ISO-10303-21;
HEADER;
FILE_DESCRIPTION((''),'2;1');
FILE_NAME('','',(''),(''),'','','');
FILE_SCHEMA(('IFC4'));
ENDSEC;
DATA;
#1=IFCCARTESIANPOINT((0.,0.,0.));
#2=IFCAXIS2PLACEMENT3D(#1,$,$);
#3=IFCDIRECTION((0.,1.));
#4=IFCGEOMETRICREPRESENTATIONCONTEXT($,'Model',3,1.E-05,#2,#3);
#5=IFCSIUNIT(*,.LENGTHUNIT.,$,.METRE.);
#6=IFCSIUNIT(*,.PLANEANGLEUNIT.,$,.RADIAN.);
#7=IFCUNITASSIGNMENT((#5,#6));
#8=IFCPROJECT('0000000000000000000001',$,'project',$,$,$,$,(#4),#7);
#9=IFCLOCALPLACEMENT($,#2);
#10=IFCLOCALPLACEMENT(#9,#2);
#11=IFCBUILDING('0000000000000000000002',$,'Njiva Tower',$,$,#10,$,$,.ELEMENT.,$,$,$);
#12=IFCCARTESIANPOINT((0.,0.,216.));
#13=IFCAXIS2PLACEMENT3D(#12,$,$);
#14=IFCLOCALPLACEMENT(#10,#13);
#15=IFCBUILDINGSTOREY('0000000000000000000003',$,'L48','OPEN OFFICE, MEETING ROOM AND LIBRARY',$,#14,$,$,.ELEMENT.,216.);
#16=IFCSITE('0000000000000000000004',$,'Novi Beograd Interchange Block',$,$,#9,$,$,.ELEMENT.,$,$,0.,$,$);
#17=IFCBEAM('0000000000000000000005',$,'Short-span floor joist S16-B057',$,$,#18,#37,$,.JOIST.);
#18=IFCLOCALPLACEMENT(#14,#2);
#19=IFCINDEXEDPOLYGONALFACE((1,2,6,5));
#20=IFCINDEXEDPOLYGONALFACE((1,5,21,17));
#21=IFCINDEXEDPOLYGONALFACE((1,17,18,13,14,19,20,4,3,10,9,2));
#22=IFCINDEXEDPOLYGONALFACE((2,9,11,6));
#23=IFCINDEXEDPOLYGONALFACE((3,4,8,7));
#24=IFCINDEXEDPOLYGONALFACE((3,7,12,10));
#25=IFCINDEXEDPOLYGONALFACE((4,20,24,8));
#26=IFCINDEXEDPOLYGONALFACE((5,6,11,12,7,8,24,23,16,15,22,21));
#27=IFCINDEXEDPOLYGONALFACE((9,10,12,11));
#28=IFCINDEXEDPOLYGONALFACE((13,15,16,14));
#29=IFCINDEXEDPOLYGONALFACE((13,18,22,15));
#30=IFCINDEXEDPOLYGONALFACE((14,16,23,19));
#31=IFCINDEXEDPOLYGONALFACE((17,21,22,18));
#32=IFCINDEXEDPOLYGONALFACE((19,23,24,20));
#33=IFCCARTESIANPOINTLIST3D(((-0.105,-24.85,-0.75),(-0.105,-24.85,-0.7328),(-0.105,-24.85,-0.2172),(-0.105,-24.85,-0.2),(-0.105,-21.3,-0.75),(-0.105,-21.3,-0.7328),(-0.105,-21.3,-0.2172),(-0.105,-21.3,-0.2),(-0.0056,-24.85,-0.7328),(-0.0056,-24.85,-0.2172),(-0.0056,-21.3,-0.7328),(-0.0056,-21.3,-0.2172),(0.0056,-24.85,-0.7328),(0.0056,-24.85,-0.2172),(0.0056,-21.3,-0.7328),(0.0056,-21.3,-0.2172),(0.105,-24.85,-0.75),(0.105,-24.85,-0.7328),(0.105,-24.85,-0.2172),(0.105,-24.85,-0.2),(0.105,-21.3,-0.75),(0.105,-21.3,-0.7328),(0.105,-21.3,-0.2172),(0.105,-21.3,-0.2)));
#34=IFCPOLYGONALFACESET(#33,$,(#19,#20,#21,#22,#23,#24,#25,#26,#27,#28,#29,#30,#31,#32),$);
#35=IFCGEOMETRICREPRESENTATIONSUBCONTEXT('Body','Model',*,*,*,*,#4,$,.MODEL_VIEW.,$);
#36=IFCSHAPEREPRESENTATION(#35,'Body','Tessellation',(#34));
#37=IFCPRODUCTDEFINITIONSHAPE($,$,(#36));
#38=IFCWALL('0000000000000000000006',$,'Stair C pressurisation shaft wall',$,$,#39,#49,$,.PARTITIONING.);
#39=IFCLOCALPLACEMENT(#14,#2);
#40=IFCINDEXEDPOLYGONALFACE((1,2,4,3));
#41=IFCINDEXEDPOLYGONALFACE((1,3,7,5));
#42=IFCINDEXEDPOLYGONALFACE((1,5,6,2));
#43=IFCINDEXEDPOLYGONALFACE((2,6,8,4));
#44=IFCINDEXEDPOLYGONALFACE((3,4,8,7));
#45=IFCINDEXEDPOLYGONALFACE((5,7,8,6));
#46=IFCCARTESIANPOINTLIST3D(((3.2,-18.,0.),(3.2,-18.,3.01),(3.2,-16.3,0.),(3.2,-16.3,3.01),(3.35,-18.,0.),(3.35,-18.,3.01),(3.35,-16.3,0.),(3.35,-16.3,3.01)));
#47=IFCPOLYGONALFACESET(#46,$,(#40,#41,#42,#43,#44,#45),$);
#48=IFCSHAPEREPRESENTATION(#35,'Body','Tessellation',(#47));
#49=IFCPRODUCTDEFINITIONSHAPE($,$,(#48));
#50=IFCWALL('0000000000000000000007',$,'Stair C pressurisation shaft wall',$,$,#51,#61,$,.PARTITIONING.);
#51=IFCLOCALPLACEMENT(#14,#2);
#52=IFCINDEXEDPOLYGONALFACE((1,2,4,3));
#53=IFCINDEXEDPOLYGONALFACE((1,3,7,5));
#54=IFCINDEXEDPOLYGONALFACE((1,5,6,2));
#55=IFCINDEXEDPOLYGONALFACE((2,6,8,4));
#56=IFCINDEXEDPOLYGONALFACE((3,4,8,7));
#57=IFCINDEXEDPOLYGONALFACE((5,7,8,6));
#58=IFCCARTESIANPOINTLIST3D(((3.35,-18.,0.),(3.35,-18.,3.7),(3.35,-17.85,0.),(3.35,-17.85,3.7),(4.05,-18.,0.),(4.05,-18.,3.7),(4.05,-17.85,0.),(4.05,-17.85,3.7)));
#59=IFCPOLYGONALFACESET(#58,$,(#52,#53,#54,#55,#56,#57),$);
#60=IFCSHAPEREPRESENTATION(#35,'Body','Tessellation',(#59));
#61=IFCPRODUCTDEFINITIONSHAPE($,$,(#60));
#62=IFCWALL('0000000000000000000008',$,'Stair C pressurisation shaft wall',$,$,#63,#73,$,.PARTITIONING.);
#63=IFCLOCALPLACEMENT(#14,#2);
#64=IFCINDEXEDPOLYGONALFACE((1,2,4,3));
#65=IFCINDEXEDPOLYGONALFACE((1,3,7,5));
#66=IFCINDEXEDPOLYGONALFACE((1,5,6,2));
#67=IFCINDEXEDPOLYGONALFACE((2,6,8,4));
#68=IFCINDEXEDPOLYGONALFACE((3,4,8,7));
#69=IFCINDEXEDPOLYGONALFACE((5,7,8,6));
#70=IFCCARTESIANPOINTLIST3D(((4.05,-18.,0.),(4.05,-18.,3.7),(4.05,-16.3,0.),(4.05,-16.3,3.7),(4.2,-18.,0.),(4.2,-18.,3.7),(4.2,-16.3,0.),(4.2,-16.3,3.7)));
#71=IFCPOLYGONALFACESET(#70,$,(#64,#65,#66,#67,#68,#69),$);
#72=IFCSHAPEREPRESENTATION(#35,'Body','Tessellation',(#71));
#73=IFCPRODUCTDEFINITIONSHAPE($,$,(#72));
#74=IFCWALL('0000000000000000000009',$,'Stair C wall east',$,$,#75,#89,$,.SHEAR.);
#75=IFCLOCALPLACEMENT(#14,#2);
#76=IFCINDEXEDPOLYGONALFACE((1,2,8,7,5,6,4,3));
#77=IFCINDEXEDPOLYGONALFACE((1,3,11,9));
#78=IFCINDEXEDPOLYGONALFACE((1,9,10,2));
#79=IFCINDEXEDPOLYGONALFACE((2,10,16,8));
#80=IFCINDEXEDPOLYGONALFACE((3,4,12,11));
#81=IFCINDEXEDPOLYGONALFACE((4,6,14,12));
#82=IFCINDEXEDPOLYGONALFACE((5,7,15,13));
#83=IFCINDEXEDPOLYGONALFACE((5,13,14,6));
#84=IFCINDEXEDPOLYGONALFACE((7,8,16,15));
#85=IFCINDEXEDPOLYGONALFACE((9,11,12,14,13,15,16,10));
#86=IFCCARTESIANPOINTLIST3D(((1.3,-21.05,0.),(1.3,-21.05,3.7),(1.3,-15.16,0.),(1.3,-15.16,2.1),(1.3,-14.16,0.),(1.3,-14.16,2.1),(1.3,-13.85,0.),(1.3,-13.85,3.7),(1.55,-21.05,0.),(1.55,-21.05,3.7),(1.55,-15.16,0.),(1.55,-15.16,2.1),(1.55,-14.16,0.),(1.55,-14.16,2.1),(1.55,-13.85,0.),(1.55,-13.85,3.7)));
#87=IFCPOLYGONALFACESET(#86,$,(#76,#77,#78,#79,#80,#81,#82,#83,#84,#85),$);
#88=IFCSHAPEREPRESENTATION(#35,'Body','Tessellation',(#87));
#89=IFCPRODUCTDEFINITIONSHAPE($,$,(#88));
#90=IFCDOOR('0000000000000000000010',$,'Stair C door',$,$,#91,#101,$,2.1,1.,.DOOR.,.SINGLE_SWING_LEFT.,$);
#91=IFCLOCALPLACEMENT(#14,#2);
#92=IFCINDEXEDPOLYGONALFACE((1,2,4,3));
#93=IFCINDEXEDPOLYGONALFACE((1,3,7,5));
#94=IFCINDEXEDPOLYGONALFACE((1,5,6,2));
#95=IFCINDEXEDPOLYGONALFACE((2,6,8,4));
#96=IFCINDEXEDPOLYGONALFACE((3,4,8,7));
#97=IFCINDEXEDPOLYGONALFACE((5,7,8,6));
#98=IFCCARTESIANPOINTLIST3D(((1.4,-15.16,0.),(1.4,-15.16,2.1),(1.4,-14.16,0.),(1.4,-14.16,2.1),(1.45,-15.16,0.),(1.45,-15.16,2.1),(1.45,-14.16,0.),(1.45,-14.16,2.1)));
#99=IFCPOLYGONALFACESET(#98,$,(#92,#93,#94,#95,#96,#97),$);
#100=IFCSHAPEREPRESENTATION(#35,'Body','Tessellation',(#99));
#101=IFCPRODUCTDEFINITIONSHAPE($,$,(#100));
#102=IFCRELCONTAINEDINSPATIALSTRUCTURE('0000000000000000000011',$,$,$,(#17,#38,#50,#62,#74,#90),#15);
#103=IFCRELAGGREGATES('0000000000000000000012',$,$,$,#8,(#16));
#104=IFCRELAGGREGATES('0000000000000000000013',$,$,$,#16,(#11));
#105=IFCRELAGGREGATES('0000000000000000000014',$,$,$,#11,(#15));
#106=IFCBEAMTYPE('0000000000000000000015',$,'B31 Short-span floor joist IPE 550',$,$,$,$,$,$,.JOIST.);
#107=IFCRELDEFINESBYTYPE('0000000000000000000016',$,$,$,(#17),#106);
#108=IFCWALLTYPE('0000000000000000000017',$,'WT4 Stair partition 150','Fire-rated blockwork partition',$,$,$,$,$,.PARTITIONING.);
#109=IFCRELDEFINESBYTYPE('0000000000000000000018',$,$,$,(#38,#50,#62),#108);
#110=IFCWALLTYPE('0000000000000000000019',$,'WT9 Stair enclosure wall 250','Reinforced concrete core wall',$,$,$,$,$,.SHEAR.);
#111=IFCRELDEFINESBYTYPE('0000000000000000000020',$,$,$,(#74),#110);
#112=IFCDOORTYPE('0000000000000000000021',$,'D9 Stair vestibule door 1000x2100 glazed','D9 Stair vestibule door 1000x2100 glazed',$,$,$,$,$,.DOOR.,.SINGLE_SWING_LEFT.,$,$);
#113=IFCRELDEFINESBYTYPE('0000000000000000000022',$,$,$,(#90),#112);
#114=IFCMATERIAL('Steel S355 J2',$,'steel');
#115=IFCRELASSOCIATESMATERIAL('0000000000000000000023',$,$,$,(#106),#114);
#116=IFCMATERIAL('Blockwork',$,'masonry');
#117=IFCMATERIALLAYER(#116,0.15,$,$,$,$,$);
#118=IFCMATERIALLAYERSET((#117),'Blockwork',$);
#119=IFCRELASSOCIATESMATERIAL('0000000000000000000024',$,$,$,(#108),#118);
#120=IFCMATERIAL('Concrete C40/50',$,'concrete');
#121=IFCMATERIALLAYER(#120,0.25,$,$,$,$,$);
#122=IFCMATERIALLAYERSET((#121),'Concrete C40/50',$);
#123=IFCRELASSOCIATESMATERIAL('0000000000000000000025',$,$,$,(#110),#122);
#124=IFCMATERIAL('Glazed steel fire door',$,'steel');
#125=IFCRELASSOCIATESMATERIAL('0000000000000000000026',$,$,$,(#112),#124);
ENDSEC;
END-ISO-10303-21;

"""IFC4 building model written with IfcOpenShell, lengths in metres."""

from ifc_helpers import new_model, si_unit, direction, frame, frame_2d, origin, origin_2d, place, context, subcontext, project, spatial, rectangle, i_section, extrude, material, layer, layer_set, material_profile, profile_set, type_object, element, fill, save


model = new_model("IFC4")

# Units and contexts
model_context = context("Model", 3, precision=1e-05, world=origin(), true_north=direction((0.0, 1.0)))
body_context = subcontext(model_context, "Body", "Model", "MODEL_VIEW")
ifc_project = project(units=[si_unit("LENGTHUNIT", "METRE"), si_unit("PLANEANGLEUNIT", "RADIAN")], contexts=[model_context])

# Site, building, storey
site_placement = place(None, origin())
site = spatial("IfcSite", under=ifc_project, at=site_placement, Name="Novi Beograd Interchange Block", CompositionType="ELEMENT", RefElevation=0.0)
building_placement = place(site_placement, origin())
building = spatial("IfcBuilding", under=site, at=building_placement, Name="Njiva Tower", CompositionType="ELEMENT")
storey_placement = place(building_placement, frame((0.0, 0.0, 216.0)))
storey = spatial("IfcBuildingStorey", under=building, at=storey_placement, Name="L48", Description="OPEN OFFICE, MEETING ROOM AND LIBRARY", CompositionType="ELEMENT", Elevation=216.0)

# Shared definitions
ifc_material_1 = material(Name="Steel S355 J2", Category="steel")

# Beam
ifc_material_profile_1 = material_profile(ifc_material_1, i_section(OverallWidth=0.21, OverallDepth=0.55, WebThickness=0.0111, FlangeThickness=0.0172, at=origin_2d()), Name="IPE 550")
ifc_profile_set_1 = profile_set([ifc_material_profile_1], Name="Steel S355 J2")
beam_type_1 = type_object("IfcBeamType", Name="B31 Short-span floor joist IPE 550", PredefinedType="JOIST", material=ifc_profile_set_1)
beam_1_placement = place(storey_placement, frame((0.0, -21.3, -0.475), z_axis=(0.0, -1.0, 0.0), x_axis=(1.0, 0.0, 0.0)))
element("IfcBeam", 1, at=beam_1_placement, inside=storey, type_object=beam_type_1, Name="Short-span floor joist S16-B057", PredefinedType="JOIST", context=body_context, shape_type="SweptSolid", body=[
    extrude(i_section(OverallWidth=0.21, OverallDepth=0.55, WebThickness=0.0111, FlangeThickness=0.0172, at=origin_2d()), origin(), (0.0, 0.0, 1.0), 3.55),
])

# Walls
ifc_material_2 = material(Name="Blockwork", Category="masonry")
ifc_layer_1 = layer(ifc_material_2, 0.15)
ifc_layer_set_1 = layer_set([ifc_layer_1], Name="Blockwork")
wall_type_1 = type_object("IfcWallType", Name="WT4 Stair partition 150", Description="Fire-rated blockwork partition", PredefinedType="PARTITIONING", material=ifc_layer_set_1)
wall_1_placement = place(storey_placement, frame((3.275, -18.0, 0.0), z_axis=(0.0, 0.0, 1.0), x_axis=(0.0, 1.0, 0.0)))
element("IfcWall", 2, at=wall_1_placement, inside=storey, type_object=wall_type_1, Name="Stair C pressurisation shaft wall", PredefinedType="PARTITIONING", context=body_context, shape_type="SweptSolid", body=[
    extrude(rectangle(XDim=1.7, YDim=0.15, at=frame_2d((0.85, 0.0))), origin(), (0.0, 0.0, 1.0), 3.01),
])
wall_2_placement = place(storey_placement, frame((3.35, -17.925, 0.0), z_axis=(0.0, 0.0, 1.0), x_axis=(1.0, 0.0, 0.0)))
element("IfcWall", 3, at=wall_2_placement, inside=storey, type_object=wall_type_1, Name="Stair C pressurisation shaft wall", PredefinedType="PARTITIONING", context=body_context, shape_type="SweptSolid", body=[
    extrude(rectangle(XDim=0.7, YDim=0.15, at=frame_2d((0.35, 0.0))), origin(), (0.0, 0.0, 1.0), 3.7),
])
wall_3_placement = place(storey_placement, frame((4.125, -18.0, 0.0), z_axis=(0.0, 0.0, 1.0), x_axis=(0.0, 1.0, 0.0)))
element("IfcWall", 4, at=wall_3_placement, inside=storey, type_object=wall_type_1, Name="Stair C pressurisation shaft wall", PredefinedType="PARTITIONING", context=body_context, shape_type="SweptSolid", body=[
    extrude(rectangle(XDim=1.7, YDim=0.15, at=frame_2d((0.85, 0.0))), origin(), (0.0, 0.0, 1.0), 3.7),
])

# Wall, opening, door
ifc_material_3 = material(Name="Concrete C40/50", Category="concrete")
ifc_layer_2 = layer(ifc_material_3, 0.25)
ifc_layer_set_2 = layer_set([ifc_layer_2], Name="Concrete C40/50")
wall_type_2 = type_object("IfcWallType", Name="WT9 Stair enclosure wall 250", Description="Reinforced concrete core wall", PredefinedType="SHEAR", material=ifc_layer_set_2)
wall_4_placement = place(storey_placement, frame((1.425, -21.05, 0.0), z_axis=(0.0, 0.0, 1.0), x_axis=(0.0, 1.0, 0.0)))
wall_4 = element("IfcWall", 5, at=wall_4_placement, inside=storey, type_object=wall_type_2, Name="Stair C wall east", PredefinedType="SHEAR", context=body_context, shape_type="SweptSolid", body=[
    extrude(rectangle(XDim=7.2, YDim=0.25, at=frame_2d((3.6, 0.0))), origin(), (0.0, 0.0, 1.0), 3.7),
])
opening_1_placement = place(wall_4_placement, frame((5.89, 0.0, 0.0)))
opening_1 = element("IfcOpeningElement", 6, at=opening_1_placement, cuts=wall_4, PredefinedType="OPENING", context=body_context, shape_type="SweptSolid", body=[
    extrude(rectangle(XDim=1.0, YDim=2.1, at=frame_2d((0.5, 1.05))), frame((0.0, 0.135, 0.0), z_axis=(0.0, -1.0, 0.0), x_axis=(1.0, 0.0, 0.0)), (0.0, 0.0, 1.0), 0.27),
])
ifc_material_4 = material(Name="Glazed steel fire door", Category="steel")
door_type = type_object("IfcDoorType", Name="D9 Stair vestibule door 1000x2100 glazed", Description="D9 Stair vestibule door 1000x2100 glazed", OperationType="SINGLE_SWING_LEFT", PredefinedType="DOOR", material=ifc_material_4)
door_placement = place(opening_1_placement, origin())
door = element("IfcDoor", 7, at=door_placement, inside=storey, type_object=door_type, Name="Stair C door", OperationType="SINGLE_SWING_LEFT", OverallHeight=2.1, OverallWidth=1.0, PredefinedType="DOOR", context=body_context, shape_type="SweptSolid", body=[
    extrude(rectangle(XDim=1.0, YDim=2.1, at=frame_2d((0.5, 1.05))), frame((0.0, 0.025, 0.0), z_axis=(0.0, -1.0, 0.0), x_axis=(1.0, 0.0, 0.0)), (0.0, 0.0, 1.0), 0.05),
])
fill(opening_1, door)

save(model, "model.ifc")
